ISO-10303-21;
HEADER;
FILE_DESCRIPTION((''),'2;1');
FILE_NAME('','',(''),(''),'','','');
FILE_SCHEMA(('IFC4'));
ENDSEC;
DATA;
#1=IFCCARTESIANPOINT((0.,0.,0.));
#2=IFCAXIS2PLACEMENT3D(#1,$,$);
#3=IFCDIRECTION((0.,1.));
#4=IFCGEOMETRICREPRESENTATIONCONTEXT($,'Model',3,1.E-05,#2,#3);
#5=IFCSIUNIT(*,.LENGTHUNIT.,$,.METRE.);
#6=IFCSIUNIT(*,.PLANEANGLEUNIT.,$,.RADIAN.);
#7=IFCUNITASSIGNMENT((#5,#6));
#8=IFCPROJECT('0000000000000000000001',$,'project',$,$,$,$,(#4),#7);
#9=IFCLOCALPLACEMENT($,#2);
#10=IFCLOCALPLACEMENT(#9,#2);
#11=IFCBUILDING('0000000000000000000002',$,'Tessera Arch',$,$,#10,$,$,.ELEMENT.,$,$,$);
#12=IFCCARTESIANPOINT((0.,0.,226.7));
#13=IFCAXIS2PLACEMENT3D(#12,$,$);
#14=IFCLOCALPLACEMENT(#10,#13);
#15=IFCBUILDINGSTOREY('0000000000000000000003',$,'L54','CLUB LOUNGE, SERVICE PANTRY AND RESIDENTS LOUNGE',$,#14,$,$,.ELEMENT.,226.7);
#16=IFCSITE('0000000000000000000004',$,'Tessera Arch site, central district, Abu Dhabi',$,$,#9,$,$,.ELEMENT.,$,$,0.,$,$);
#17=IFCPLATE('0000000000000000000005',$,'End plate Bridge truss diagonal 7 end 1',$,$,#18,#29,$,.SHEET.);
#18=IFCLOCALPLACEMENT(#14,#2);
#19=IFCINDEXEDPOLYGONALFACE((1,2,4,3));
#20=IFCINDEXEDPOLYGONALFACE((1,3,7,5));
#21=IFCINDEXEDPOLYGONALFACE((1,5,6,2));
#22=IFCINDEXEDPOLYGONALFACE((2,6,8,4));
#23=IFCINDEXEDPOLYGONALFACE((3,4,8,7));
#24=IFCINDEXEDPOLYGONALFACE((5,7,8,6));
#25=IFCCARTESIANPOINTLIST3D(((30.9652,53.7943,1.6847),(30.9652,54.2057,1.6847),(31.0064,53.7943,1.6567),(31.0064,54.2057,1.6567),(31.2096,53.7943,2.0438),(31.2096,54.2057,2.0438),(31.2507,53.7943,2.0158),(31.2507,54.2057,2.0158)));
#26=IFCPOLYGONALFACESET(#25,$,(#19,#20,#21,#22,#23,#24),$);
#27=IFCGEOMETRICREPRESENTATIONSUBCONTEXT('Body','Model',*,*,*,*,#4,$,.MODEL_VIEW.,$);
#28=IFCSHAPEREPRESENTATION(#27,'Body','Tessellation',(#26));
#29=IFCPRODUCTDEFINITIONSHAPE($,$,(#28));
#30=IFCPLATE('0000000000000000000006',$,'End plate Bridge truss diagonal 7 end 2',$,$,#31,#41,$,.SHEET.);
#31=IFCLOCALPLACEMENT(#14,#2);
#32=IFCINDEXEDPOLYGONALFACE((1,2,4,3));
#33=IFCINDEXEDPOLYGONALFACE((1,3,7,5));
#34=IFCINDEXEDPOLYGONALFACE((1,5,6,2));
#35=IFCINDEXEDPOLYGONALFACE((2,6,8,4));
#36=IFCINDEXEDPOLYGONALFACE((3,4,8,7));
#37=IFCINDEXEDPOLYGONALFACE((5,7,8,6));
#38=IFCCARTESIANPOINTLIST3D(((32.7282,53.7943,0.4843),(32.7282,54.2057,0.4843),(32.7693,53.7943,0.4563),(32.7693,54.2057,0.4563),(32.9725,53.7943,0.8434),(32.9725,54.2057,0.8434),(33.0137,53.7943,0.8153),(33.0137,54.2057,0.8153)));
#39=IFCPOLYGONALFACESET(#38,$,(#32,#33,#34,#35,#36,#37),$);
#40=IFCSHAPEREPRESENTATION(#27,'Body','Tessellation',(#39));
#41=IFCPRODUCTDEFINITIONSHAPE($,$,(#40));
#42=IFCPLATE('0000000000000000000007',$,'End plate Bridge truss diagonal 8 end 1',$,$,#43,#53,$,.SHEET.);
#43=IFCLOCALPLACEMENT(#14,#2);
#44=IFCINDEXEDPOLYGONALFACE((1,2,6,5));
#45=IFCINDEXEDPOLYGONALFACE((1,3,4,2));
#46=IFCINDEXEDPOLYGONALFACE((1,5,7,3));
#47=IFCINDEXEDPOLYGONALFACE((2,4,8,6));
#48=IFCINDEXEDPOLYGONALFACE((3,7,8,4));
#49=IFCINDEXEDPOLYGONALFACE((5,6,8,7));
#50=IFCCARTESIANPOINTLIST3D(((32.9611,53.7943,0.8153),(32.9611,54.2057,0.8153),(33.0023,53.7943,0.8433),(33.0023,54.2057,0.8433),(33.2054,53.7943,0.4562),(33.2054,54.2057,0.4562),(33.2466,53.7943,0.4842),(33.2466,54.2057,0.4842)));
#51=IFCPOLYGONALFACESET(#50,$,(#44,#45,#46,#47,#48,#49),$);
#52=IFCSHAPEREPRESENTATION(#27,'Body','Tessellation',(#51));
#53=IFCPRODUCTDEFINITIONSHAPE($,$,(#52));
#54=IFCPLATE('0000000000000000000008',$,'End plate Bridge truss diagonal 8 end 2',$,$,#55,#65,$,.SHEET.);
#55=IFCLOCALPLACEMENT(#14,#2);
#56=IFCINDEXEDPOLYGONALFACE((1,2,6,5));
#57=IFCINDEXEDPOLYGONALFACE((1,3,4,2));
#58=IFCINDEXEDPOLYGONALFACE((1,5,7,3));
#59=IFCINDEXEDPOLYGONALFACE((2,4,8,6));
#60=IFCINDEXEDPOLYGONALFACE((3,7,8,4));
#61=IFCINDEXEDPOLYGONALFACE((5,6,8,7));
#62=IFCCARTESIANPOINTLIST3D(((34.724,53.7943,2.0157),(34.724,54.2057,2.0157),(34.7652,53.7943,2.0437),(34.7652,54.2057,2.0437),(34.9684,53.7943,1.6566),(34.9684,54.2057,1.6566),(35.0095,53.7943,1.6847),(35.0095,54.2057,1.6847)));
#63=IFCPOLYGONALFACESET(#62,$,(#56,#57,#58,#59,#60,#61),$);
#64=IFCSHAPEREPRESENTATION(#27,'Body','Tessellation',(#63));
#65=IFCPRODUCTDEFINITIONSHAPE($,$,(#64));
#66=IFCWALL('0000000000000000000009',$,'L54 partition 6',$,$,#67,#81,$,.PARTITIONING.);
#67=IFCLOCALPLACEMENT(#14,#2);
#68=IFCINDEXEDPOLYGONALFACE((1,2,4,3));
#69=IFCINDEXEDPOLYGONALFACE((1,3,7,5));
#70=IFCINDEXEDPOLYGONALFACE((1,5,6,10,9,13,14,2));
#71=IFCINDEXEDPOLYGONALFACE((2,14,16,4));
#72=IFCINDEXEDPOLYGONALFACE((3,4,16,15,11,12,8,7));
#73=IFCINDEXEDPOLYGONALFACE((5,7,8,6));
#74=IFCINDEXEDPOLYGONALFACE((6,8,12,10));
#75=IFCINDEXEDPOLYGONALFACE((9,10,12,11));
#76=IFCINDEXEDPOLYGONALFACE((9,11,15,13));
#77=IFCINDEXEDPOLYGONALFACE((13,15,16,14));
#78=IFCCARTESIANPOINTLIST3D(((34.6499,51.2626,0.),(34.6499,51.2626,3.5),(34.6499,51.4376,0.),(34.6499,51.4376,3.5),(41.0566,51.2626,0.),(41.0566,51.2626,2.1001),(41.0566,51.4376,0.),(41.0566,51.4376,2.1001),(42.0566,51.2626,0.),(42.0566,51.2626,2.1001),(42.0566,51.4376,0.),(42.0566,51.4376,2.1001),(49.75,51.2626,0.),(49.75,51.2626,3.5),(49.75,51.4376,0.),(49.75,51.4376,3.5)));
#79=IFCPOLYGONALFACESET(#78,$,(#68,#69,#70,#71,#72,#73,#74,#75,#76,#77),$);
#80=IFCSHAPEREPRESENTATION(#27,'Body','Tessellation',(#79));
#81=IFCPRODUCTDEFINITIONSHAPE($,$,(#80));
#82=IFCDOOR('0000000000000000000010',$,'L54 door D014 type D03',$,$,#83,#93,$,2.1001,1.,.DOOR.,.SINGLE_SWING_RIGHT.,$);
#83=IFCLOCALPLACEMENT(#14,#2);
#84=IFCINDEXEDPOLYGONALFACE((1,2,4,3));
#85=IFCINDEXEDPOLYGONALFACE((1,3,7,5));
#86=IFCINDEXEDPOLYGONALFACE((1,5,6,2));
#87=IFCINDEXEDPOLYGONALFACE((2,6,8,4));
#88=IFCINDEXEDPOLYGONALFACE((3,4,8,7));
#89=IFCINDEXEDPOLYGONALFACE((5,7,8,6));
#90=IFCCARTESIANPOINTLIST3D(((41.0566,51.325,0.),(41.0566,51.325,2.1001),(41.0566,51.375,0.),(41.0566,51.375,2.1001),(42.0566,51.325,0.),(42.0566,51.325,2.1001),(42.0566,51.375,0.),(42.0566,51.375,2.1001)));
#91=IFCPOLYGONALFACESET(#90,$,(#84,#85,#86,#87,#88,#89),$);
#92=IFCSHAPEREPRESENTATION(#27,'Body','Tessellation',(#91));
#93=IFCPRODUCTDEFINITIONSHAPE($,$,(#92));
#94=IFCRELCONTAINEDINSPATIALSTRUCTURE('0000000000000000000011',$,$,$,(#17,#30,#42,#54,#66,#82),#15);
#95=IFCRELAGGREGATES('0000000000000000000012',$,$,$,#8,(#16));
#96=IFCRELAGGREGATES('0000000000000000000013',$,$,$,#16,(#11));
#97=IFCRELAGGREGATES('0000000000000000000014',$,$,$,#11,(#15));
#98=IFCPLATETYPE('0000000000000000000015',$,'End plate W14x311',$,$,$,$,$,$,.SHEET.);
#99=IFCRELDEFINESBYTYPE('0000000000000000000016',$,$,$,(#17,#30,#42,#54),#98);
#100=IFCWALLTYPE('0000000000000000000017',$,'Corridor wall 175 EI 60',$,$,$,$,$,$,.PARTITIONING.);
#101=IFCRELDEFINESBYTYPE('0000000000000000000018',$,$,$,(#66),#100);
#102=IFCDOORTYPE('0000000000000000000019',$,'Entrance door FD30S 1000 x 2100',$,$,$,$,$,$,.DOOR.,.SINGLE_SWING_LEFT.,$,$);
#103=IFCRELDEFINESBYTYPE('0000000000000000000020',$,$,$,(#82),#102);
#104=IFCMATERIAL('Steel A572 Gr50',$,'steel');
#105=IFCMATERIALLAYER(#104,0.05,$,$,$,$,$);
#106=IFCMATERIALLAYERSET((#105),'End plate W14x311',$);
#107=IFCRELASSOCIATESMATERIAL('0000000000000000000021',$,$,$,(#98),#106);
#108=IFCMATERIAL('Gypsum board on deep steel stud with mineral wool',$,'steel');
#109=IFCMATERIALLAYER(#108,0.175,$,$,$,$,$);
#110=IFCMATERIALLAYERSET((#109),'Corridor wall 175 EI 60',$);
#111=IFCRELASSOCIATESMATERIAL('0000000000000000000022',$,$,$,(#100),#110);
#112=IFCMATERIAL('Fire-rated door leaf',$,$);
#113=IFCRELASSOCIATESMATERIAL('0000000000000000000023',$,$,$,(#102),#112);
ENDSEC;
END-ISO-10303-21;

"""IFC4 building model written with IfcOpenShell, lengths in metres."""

from ifc_helpers import new_model, si_unit, direction, frame, frame_2d, origin, origin_2d, place, context, subcontext, project, spatial, rectangle, extrude, material, layer, layer_set, type_object, element, fill, save


model = new_model("IFC4")

# Units and contexts
model_context = context("Model", 3, precision=1e-05, world=origin(), true_north=direction((0.0, 1.0)))
body_context = subcontext(model_context, "Body", "Model", "MODEL_VIEW")
ifc_project = project(units=[si_unit("LENGTHUNIT", "METRE"), si_unit("PLANEANGLEUNIT", "RADIAN")], contexts=[model_context])

# Site, building, storey
site_placement = place(None, origin())
site = spatial("IfcSite", under=ifc_project, at=site_placement, Name="Tessera Arch site, central district, Abu Dhabi", CompositionType="ELEMENT", RefElevation=0.0)
building_placement = place(site_placement, origin())
building = spatial("IfcBuilding", under=site, at=building_placement, Name="Tessera Arch", CompositionType="ELEMENT")
storey_placement = place(building_placement, frame((0.0, 0.0, 226.7)))
storey = spatial("IfcBuildingStorey", under=building, at=storey_placement, Name="L54", Description="CLUB LOUNGE, SERVICE PANTRY AND RESIDENTS LOUNGE", CompositionType="ELEMENT", Elevation=226.7)

# Plates
ifc_material_1 = material(Name="Steel A572 Gr50", Category="steel")
ifc_layer_1 = layer(ifc_material_1, 0.05)
ifc_layer_set_1 = layer_set([ifc_layer_1], Name="End plate W14x311")
plate_type_1 = type_object("IfcPlateType", Name="End plate W14x311", PredefinedType="SHEET", material=ifc_layer_set_1)
for number, where, z_axis, x_axis, name in (
    (1, (31.0874, 54.0, 1.8643), (0.826744, 0.0, -0.562578), (0.0, 1.0, 0.0), "End plate Bridge truss diagonal 7 end 1"),
    (2, (32.8503, 54.0, 0.6638), (0.826744, 0.0, -0.562578), (0.0, 1.0, 0.0), "End plate Bridge truss diagonal 7 end 2"),
    (3, (33.0833, 54.0, 0.6357), (0.826744, 0.0, 0.562578), (0.0, 1.0, 0.0), "End plate Bridge truss diagonal 8 end 1"),
    (4, (34.8462, 54.0, 1.8362), (0.826744, 0.0, 0.562578), (0.0, 1.0, 0.0), "End plate Bridge truss diagonal 8 end 2"),
):
    element("IfcPlate", number, at=place(storey_placement, frame(where, z_axis=z_axis, x_axis=x_axis)), inside=storey, type_object=plate_type_1, Name=name, PredefinedType="SHEET", context=body_context, shape_type="SweptSolid", body=[
        extrude(rectangle(XDim=0.4114, YDim=0.4343, at=origin_2d()), origin(), (0.0, 0.0, 1.0), 0.0498),
    ])

# Wall, opening, door
ifc_material_2 = material(Name="Gypsum board on deep steel stud with mineral wool", Category="steel")
ifc_layer_2 = layer(ifc_material_2, 0.175)
ifc_layer_set_2 = layer_set([ifc_layer_2], Name="Corridor wall 175 EI 60")
wall_type = type_object("IfcWallType", Name="Corridor wall 175 EI 60", PredefinedType="PARTITIONING", material=ifc_layer_set_2)
wall_placement = place(storey_placement, frame((34.6499, 51.3501, 0.0), z_axis=(0.0, 0.0, 1.0), x_axis=(1.0, 0.0, 0.0)))
wall = element("IfcWall", 5, at=wall_placement, inside=storey, type_object=wall_type, Name="L54 partition 6", PredefinedType="PARTITIONING", context=body_context, shape_type="SweptSolid", body=[
    extrude(rectangle(XDim=15.1001, YDim=0.175, at=frame_2d((7.55, 0.0))), origin(), (0.0, 0.0, 1.0), 3.5),
])
opening_placement = place(wall_placement, frame((6.4067, 0.0, 0.0)))
opening = element("IfcOpeningElement", 6, at=opening_placement, cuts=wall, PredefinedType="OPENING", context=body_context, shape_type="SweptSolid", body=[
    extrude(rectangle(XDim=1.0, YDim=2.1001, at=frame_2d((0.5, 1.05))), frame((0.0, 0.0974, 0.0), z_axis=(0.0, -1.0, 0.0), x_axis=(1.0, 0.0, 0.0)), (0.0, 0.0, 1.0), 0.1951),
])
ifc_material_3 = material(Name="Fire-rated door leaf")
door_type = type_object("IfcDoorType", Name="Entrance door FD30S 1000 x 2100", OperationType="SINGLE_SWING_LEFT", PredefinedType="DOOR", material=ifc_material_3)
door_placement = place(opening_placement, origin())
door = element("IfcDoor", 7, at=door_placement, inside=storey, type_object=door_type, Name="L54 door D014 type D03", OperationType="SINGLE_SWING_RIGHT", OverallHeight=2.1001, OverallWidth=1.0, PredefinedType="DOOR", context=body_context, shape_type="SweptSolid", body=[
    extrude(rectangle(XDim=1.0, YDim=2.1001, at=frame_2d((0.5, 1.05))), frame((0.0, 0.0249, 0.0), z_axis=(0.0, -1.0, 0.0), x_axis=(1.0, 0.0, 0.0)), (0.0, 0.0, 1.0), 0.05),
])
fill(opening, door)

save(model, "model.ifc")
